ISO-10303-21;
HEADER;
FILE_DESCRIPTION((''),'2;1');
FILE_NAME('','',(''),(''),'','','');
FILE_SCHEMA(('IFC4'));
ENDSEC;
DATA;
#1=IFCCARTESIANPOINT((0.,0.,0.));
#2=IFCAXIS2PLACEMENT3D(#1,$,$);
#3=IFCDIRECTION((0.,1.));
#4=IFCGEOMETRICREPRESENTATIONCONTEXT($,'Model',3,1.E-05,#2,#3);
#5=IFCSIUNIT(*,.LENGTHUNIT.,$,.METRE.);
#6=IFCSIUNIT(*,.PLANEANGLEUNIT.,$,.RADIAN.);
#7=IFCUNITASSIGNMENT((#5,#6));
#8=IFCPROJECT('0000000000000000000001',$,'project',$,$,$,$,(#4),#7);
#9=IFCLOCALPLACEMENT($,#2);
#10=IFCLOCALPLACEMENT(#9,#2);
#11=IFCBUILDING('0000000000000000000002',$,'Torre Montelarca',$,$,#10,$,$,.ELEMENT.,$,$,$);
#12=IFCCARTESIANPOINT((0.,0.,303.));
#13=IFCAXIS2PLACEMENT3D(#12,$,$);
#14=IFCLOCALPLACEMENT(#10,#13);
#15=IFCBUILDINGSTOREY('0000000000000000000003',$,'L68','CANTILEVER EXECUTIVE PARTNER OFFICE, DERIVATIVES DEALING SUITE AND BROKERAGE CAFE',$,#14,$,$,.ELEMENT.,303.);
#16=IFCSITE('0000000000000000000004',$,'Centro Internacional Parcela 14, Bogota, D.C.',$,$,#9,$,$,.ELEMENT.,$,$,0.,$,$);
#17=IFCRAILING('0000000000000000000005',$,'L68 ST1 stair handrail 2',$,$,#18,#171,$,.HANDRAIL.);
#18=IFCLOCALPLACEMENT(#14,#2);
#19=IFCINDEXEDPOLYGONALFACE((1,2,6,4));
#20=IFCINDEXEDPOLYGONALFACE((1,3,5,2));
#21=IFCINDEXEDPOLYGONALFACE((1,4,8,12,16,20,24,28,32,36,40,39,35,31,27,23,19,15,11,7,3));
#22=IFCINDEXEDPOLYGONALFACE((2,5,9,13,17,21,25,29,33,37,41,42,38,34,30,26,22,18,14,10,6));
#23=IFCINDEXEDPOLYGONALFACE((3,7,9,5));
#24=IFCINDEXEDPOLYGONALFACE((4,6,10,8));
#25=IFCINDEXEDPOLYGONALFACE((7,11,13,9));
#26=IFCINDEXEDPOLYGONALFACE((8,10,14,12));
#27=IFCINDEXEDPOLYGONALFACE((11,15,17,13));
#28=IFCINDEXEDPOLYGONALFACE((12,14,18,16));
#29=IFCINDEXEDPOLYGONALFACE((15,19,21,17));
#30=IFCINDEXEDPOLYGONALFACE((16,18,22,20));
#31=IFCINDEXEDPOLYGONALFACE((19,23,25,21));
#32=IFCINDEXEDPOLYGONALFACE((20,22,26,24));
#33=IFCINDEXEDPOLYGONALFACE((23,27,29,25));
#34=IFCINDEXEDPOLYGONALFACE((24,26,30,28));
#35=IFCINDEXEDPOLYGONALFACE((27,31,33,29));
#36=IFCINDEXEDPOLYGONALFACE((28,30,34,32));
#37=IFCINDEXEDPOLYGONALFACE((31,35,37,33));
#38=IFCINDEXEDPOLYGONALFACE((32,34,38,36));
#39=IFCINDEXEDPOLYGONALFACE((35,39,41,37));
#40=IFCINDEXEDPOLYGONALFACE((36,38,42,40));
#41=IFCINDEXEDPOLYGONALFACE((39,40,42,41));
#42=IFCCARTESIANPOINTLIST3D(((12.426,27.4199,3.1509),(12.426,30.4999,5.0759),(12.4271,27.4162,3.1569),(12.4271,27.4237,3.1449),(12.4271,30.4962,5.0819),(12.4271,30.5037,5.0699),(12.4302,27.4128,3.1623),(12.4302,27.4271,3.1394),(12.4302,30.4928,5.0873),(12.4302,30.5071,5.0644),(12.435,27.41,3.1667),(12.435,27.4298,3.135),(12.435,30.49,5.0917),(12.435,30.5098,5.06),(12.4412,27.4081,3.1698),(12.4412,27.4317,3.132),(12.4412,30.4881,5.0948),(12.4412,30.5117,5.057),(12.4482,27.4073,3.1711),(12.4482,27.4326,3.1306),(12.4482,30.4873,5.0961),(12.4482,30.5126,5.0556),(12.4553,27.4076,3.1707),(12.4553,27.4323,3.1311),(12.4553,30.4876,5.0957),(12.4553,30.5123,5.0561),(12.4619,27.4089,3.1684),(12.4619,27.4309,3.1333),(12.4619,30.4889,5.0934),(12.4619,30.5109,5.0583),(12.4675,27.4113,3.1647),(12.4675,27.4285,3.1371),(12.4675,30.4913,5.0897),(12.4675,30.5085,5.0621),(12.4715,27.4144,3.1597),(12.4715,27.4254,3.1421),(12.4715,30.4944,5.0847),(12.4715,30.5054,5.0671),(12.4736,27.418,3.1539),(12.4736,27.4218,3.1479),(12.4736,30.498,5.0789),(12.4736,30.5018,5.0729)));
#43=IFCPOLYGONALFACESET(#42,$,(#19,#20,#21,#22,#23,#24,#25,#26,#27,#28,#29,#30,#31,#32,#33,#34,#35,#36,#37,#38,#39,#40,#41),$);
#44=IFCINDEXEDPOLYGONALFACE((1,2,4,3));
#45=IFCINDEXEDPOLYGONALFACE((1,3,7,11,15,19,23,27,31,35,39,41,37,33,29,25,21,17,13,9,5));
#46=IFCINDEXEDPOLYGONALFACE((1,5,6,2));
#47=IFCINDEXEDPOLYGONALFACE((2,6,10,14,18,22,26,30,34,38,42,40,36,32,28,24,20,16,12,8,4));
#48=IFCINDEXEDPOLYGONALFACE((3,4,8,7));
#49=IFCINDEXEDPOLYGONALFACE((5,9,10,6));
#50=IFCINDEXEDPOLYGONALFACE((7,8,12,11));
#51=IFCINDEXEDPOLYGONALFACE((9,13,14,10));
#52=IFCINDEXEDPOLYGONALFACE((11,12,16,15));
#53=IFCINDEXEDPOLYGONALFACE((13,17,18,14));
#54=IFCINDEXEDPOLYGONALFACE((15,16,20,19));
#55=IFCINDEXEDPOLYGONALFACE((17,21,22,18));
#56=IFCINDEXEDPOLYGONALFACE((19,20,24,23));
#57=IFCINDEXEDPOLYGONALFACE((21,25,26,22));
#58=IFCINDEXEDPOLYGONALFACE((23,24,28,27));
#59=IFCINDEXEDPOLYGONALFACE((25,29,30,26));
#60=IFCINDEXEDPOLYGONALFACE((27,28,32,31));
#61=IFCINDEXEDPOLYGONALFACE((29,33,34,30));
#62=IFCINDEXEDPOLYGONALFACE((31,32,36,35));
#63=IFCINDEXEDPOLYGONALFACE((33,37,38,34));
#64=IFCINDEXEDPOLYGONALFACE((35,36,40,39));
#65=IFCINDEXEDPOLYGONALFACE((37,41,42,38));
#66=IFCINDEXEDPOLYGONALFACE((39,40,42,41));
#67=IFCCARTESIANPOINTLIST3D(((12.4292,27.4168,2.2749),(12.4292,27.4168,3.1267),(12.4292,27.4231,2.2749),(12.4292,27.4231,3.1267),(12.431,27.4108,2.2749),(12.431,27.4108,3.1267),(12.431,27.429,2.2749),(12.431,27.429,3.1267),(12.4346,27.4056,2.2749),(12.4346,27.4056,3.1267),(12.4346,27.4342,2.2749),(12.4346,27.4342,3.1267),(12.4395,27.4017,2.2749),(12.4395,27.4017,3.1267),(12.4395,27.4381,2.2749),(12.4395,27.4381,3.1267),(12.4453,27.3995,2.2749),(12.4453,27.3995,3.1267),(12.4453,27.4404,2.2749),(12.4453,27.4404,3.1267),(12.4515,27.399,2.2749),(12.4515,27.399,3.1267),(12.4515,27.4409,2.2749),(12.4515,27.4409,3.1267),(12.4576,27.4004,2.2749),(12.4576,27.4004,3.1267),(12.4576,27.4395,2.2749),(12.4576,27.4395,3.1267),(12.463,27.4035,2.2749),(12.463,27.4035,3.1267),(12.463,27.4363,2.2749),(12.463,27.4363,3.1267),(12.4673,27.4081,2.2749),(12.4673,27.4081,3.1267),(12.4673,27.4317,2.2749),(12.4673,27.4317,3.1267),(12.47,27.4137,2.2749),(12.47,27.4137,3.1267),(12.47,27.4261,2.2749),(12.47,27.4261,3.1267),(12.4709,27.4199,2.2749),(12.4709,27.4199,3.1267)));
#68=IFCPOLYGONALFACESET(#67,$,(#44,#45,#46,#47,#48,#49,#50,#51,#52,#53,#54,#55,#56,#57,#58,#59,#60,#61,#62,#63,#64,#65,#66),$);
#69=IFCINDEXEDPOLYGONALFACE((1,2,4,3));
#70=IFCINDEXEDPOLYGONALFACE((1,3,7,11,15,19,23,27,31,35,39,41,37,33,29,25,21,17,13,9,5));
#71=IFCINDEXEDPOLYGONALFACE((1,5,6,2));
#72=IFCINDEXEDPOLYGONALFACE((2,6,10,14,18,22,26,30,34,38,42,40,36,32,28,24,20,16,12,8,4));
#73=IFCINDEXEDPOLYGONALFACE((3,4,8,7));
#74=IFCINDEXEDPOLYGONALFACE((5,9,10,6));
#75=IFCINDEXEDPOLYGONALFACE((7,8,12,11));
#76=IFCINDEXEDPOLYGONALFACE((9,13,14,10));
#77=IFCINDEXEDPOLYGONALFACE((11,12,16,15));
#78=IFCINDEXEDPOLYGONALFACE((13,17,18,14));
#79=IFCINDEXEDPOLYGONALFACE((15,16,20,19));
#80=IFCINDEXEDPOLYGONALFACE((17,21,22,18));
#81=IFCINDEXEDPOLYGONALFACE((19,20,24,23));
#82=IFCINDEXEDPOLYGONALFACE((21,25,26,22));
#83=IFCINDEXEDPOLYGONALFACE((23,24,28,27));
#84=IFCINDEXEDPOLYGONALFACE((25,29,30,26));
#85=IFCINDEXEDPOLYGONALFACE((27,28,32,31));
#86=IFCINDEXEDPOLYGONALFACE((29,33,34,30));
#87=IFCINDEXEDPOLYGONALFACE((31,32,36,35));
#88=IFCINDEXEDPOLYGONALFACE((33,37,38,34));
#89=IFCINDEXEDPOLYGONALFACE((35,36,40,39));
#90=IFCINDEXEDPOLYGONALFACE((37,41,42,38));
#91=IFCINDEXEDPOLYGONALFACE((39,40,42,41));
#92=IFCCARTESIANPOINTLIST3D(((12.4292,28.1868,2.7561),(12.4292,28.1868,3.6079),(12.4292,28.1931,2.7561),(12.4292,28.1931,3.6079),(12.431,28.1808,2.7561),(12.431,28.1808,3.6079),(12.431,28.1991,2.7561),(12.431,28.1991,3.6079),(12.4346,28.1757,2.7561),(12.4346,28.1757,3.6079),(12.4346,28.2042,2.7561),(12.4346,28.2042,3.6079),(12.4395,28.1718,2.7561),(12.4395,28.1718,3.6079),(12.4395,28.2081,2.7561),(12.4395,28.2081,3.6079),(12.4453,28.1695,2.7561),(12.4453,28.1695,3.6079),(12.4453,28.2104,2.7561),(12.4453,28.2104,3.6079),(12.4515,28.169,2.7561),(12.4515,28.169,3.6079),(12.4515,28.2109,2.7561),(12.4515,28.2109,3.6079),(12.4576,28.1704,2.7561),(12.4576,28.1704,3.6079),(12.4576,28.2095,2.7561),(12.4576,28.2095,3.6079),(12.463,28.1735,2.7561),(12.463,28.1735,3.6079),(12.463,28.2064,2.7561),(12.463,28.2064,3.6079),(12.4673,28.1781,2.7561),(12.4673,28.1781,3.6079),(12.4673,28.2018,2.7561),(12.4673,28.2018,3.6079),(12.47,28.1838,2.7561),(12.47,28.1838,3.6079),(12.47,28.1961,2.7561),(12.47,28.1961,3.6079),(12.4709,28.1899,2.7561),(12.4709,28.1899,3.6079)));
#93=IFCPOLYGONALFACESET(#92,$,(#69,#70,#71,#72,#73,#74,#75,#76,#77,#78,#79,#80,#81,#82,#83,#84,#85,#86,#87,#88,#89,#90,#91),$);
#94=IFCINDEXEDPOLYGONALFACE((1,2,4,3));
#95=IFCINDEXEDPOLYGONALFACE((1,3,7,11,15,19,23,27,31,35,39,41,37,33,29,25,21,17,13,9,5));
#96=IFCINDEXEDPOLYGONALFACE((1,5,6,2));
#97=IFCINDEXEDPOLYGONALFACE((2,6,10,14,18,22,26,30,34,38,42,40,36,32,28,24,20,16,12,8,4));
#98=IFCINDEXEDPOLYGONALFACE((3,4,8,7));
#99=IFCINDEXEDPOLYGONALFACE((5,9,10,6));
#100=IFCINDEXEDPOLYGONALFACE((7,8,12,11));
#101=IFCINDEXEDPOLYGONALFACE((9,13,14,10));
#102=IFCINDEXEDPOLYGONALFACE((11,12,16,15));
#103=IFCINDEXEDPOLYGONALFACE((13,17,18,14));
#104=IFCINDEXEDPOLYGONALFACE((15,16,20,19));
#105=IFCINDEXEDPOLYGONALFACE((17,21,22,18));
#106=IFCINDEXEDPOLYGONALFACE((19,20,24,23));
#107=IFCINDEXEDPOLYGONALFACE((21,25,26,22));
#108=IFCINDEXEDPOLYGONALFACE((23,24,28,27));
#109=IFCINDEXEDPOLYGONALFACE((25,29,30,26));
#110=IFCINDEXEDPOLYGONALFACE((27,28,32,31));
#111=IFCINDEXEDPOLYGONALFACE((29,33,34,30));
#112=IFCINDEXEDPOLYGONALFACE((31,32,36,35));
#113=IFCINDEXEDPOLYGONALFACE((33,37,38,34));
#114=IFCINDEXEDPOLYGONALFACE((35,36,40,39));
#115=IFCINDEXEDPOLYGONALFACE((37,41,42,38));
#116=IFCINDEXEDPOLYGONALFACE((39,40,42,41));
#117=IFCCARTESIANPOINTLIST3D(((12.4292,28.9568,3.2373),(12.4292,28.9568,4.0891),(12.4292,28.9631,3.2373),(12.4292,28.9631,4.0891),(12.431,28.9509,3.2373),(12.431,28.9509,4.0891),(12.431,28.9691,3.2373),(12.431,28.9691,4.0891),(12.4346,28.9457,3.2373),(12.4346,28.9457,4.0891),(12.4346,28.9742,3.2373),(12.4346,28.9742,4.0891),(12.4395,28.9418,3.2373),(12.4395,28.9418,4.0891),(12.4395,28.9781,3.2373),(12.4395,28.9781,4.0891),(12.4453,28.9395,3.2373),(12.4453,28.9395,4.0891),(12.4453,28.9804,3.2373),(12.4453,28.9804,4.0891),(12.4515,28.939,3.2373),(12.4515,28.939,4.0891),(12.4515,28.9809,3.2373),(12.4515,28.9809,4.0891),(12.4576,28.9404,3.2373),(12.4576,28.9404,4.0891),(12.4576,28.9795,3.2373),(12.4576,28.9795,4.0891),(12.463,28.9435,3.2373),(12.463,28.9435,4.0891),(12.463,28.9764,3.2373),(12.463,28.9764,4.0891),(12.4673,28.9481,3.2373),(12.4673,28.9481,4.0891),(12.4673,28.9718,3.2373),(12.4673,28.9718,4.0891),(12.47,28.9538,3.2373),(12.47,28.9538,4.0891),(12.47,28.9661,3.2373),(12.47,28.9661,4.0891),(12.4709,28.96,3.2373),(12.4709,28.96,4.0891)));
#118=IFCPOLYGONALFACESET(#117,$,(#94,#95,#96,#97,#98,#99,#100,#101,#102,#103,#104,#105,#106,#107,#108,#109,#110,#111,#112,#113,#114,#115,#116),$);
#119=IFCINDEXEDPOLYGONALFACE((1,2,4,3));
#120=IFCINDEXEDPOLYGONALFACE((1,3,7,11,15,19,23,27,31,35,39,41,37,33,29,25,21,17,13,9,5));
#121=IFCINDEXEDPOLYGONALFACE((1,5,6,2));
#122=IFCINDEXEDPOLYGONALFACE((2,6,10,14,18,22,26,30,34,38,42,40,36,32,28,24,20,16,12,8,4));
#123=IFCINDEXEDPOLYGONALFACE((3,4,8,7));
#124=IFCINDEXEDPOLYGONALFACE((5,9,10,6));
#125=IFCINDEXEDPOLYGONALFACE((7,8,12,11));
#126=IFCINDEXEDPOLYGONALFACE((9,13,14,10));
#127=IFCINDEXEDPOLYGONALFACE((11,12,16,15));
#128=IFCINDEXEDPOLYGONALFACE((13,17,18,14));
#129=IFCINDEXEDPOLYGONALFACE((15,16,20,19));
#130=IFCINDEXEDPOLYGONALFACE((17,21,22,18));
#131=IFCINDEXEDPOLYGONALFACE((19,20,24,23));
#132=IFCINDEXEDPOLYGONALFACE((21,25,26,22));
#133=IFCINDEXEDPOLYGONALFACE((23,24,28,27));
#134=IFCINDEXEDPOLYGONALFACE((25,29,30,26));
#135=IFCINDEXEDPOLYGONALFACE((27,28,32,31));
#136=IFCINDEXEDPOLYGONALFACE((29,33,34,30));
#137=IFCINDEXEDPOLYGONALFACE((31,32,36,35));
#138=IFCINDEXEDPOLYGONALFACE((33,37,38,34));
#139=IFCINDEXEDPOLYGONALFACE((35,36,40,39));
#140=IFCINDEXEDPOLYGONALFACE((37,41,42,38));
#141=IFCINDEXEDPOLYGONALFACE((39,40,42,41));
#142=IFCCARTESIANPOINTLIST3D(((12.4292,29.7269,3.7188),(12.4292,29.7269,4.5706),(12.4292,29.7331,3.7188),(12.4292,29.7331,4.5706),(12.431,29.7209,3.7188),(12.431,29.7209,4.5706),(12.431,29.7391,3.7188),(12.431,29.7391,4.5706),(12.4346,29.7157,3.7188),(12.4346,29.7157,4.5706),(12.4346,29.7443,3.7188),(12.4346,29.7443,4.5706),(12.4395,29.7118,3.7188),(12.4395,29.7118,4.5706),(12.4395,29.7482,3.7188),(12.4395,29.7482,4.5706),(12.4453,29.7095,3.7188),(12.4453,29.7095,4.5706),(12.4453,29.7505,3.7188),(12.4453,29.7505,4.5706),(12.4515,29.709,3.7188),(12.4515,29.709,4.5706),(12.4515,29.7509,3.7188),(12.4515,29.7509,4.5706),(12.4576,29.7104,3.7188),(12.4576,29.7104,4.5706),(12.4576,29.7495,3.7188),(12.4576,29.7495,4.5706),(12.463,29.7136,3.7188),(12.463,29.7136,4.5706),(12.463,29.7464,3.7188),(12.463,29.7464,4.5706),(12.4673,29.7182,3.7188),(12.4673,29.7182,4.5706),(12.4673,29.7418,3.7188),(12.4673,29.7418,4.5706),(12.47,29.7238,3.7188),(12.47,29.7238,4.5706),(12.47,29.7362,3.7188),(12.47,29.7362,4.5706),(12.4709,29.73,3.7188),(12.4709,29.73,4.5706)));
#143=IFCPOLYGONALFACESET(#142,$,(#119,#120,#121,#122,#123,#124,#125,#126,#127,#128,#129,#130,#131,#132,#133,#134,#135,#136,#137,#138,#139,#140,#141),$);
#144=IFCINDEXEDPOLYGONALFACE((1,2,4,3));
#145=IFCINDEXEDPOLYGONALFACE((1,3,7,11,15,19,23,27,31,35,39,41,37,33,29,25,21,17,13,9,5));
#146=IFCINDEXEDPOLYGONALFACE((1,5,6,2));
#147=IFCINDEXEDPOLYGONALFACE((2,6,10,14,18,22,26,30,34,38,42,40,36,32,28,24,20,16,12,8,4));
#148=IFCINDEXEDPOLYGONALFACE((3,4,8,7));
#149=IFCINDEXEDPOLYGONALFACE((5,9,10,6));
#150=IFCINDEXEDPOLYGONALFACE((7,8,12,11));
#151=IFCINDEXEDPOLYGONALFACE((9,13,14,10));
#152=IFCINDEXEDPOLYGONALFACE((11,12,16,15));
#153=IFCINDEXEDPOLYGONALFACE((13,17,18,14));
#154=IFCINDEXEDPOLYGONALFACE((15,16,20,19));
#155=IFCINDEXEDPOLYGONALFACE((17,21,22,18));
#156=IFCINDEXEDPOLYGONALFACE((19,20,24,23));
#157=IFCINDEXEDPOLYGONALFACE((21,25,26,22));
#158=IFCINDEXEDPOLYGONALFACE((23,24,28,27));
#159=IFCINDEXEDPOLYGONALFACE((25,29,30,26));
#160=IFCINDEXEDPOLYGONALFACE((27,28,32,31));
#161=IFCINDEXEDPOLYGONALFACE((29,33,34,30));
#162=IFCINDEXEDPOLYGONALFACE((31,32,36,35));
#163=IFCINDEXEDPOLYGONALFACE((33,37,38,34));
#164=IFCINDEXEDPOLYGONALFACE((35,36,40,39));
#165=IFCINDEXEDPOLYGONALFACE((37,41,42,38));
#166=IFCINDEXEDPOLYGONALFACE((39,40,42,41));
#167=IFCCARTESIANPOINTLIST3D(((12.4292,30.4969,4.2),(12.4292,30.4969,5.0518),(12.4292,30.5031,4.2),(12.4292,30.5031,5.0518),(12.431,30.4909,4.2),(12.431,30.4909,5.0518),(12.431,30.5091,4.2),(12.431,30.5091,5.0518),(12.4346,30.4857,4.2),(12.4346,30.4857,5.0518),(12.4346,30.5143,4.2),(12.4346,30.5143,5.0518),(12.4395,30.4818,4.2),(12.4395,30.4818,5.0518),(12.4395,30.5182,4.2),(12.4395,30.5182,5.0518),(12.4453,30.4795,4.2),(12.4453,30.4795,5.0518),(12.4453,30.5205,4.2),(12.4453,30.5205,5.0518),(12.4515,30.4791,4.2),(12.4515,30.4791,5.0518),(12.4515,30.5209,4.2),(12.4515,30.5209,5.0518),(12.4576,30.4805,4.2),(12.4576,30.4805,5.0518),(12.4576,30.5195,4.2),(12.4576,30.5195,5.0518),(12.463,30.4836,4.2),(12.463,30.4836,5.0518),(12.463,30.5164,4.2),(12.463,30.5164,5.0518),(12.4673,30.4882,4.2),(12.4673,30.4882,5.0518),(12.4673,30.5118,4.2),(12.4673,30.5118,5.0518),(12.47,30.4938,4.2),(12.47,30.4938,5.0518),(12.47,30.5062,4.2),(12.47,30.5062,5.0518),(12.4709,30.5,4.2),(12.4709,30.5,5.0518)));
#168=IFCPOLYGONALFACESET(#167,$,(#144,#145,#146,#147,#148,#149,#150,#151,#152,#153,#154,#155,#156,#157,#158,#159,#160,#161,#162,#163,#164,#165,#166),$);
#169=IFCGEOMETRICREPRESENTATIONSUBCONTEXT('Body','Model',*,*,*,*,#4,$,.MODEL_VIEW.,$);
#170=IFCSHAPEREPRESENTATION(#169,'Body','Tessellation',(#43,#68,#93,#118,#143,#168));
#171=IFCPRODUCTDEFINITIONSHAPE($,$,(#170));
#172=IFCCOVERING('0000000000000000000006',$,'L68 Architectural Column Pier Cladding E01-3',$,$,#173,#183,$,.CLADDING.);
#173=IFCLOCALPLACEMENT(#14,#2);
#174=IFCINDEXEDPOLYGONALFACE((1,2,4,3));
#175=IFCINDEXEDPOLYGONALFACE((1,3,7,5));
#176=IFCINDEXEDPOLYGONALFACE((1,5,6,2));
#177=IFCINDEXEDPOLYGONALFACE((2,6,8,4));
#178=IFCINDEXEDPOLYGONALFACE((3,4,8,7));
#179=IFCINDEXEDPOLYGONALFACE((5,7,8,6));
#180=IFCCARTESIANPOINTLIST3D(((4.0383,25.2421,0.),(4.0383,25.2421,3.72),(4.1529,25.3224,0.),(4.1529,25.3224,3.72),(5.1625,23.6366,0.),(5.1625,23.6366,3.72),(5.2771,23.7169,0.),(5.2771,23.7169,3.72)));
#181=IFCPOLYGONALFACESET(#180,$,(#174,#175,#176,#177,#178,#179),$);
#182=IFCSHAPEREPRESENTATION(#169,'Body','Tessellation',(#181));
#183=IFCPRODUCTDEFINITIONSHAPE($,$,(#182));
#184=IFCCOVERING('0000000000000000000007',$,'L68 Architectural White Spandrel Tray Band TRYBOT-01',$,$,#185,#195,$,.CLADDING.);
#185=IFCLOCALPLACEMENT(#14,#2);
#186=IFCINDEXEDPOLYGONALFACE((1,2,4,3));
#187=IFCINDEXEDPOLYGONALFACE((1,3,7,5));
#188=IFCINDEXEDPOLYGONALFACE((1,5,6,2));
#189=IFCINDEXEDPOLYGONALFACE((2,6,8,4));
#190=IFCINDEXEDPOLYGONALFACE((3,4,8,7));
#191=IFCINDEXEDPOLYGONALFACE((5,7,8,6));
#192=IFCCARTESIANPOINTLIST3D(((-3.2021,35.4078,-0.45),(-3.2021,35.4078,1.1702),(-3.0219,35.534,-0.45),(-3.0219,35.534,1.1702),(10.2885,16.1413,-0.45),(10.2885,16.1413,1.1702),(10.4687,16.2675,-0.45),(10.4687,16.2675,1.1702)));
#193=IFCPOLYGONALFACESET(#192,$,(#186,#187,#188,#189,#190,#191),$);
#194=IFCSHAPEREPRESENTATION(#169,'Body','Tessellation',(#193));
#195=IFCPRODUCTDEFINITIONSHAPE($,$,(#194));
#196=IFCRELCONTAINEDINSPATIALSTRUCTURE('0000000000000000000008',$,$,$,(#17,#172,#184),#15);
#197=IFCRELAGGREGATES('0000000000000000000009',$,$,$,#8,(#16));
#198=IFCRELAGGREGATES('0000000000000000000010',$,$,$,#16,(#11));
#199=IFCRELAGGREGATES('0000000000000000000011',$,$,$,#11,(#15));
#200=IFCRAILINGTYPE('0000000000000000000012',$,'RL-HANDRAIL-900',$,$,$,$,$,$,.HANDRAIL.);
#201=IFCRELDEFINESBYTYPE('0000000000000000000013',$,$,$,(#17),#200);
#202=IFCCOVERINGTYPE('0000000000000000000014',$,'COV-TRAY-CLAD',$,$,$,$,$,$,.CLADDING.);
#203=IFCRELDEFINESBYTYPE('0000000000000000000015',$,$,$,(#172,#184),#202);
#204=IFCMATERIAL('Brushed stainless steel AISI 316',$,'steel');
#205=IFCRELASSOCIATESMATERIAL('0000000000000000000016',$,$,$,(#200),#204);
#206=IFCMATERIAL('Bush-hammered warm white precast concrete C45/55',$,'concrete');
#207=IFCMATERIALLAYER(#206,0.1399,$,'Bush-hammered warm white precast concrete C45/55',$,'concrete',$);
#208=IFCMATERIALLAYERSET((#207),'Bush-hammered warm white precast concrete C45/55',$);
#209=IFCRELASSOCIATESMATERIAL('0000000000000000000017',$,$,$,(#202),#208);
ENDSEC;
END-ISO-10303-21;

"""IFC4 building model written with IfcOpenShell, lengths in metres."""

from ifc_helpers import new_model, si_unit, direction, frame, origin, origin_2d, place, context, subcontext, project, spatial, rectangle, circle, extrude, source, transform, mapped, material, layer, layer_set, type_object, element, save


model = new_model("IFC4")

# Units and contexts
model_context = context("Model", 3, precision=1e-05, world=origin(), true_north=direction((0.0, 1.0)))
body_context = subcontext(model_context, "Body", "Model", "MODEL_VIEW")
ifc_project = project(units=[si_unit("LENGTHUNIT", "METRE"), si_unit("PLANEANGLEUNIT", "RADIAN")], contexts=[model_context])

# Site, building, storey
site_placement = place(None, origin())
site = spatial("IfcSite", under=ifc_project, at=site_placement, Name="Centro Internacional Parcela 14, Bogota, D.C.", CompositionType="ELEMENT", RefElevation=0.0)
building_placement = place(site_placement, origin())
building = spatial("IfcBuilding", under=site, at=building_placement, Name="Torre Montelarca", CompositionType="ELEMENT")
storey_placement = place(building_placement, frame((0.0, 0.0, 303.0)))
storey = spatial("IfcBuildingStorey", under=building, at=storey_placement, Name="L68", Description="CANTILEVER EXECUTIVE PARTNER OFFICE, DERIVATIVES DEALING SUITE AND BROKERAGE CAFE", CompositionType="ELEMENT", Elevation=303.0)

# Railing
ifc_material_1 = material(Name="Brushed stainless steel AISI 316", Category="steel")
railing_type_1 = type_object("IfcRailingType", Name="RL-HANDRAIL-900", PredefinedType="HANDRAIL", material=ifc_material_1)
railing_1_placement = place(storey_placement, frame((12.45, 27.4199, 2.2749)))
element("IfcRailing", 1, at=railing_1_placement, inside=storey, type_object=railing_type_1, Name="L68 ST1 stair handrail 2", PredefinedType="HANDRAIL", context=body_context, shape_type="SweptSolid", body=[
    extrude(circle(Radius=0.0239, at=origin_2d()), frame((0.0, 0.0, 0.876), z_axis=(0.0, 0.847998, 0.529999), x_axis=(-1.0, 0.0, 0.0)), (0.0, 0.0, 1.0), 3.6321),
    extrude(circle(Radius=0.021, at=origin_2d()), origin(), (0.0, 0.0, 1.0), 0.8518),
    extrude(circle(Radius=0.021, at=origin_2d()), frame((0.0, 0.77, 0.4812)), (0.0, 0.0, 1.0), 0.8518),
    extrude(circle(Radius=0.021, at=origin_2d()), frame((0.0, 1.54, 0.9624)), (0.0, 0.0, 1.0), 0.8518),
    extrude(circle(Radius=0.021, at=origin_2d()), frame((0.0, 2.3101, 1.4438)), (0.0, 0.0, 1.0), 0.8518),
    extrude(circle(Radius=0.021, at=origin_2d()), frame((0.0, 3.0801, 1.925)), (0.0, 0.0, 1.0), 0.8518),
])

# Coverings
ifc_material_2 = material(Name="Bush-hammered warm white precast concrete C45/55", Category="concrete")
ifc_layer_1 = layer(ifc_material_2, 0.1399, Name="Bush-hammered warm white precast concrete C45/55", Category="concrete")
ifc_layer_set_1 = layer_set([ifc_layer_1], Name="Bush-hammered warm white precast concrete C45/55")
covering_type = type_object("IfcCoveringType", Name="COV-TRAY-CLAD", PredefinedType="CLADDING", material=ifc_layer_set_1)
shared_shape_1 = source(origin(), body_context, "Body", "SweptSolid", [
    extrude(rectangle(XDim=1.96, YDim=0.1399, at=origin_2d()), origin(), (0.0, 0.0, 1.0), 3.72),
])
covering_1_placement = place(storey_placement, frame((4.6577, 24.4795, 0.0), z_axis=(0.0, 0.0, 1.0), x_axis=(0.573572, -0.819155, 0.0)))
element("IfcCovering", 2, at=covering_1_placement, inside=storey, type_object=covering_type, Name="L68 Architectural Column Pier Cladding E01-3", PredefinedType="CLADDING", context=body_context, shape_type="MappedRepresentation", body=[
    mapped(shared_shape_1, transform((0.0, 0.0, 0.0), scale=1.0)),
])
shared_shape_2 = source(origin(), body_context, "Body", "SweptSolid", [
    extrude(rectangle(XDim=23.52, YDim=0.22, at=origin_2d()), origin(), (0.0, 0.0, 1.0), 1.6201),
])
covering_2_placement = place(storey_placement, frame((3.6333, 25.8376, -0.45), z_axis=(0.0, 0.0, 1.0), x_axis=(0.573576, -0.819152, 0.0)))
element("IfcCovering", 3, at=covering_2_placement, inside=storey, type_object=covering_type, Name="L68 Architectural White Spandrel Tray Band TRYBOT-01", PredefinedType="CLADDING", context=body_context, shape_type="MappedRepresentation", body=[
    mapped(shared_shape_2, transform((0.0, 0.0, 0.0), scale=1.0)),
])

save(model, "model.ifc")
